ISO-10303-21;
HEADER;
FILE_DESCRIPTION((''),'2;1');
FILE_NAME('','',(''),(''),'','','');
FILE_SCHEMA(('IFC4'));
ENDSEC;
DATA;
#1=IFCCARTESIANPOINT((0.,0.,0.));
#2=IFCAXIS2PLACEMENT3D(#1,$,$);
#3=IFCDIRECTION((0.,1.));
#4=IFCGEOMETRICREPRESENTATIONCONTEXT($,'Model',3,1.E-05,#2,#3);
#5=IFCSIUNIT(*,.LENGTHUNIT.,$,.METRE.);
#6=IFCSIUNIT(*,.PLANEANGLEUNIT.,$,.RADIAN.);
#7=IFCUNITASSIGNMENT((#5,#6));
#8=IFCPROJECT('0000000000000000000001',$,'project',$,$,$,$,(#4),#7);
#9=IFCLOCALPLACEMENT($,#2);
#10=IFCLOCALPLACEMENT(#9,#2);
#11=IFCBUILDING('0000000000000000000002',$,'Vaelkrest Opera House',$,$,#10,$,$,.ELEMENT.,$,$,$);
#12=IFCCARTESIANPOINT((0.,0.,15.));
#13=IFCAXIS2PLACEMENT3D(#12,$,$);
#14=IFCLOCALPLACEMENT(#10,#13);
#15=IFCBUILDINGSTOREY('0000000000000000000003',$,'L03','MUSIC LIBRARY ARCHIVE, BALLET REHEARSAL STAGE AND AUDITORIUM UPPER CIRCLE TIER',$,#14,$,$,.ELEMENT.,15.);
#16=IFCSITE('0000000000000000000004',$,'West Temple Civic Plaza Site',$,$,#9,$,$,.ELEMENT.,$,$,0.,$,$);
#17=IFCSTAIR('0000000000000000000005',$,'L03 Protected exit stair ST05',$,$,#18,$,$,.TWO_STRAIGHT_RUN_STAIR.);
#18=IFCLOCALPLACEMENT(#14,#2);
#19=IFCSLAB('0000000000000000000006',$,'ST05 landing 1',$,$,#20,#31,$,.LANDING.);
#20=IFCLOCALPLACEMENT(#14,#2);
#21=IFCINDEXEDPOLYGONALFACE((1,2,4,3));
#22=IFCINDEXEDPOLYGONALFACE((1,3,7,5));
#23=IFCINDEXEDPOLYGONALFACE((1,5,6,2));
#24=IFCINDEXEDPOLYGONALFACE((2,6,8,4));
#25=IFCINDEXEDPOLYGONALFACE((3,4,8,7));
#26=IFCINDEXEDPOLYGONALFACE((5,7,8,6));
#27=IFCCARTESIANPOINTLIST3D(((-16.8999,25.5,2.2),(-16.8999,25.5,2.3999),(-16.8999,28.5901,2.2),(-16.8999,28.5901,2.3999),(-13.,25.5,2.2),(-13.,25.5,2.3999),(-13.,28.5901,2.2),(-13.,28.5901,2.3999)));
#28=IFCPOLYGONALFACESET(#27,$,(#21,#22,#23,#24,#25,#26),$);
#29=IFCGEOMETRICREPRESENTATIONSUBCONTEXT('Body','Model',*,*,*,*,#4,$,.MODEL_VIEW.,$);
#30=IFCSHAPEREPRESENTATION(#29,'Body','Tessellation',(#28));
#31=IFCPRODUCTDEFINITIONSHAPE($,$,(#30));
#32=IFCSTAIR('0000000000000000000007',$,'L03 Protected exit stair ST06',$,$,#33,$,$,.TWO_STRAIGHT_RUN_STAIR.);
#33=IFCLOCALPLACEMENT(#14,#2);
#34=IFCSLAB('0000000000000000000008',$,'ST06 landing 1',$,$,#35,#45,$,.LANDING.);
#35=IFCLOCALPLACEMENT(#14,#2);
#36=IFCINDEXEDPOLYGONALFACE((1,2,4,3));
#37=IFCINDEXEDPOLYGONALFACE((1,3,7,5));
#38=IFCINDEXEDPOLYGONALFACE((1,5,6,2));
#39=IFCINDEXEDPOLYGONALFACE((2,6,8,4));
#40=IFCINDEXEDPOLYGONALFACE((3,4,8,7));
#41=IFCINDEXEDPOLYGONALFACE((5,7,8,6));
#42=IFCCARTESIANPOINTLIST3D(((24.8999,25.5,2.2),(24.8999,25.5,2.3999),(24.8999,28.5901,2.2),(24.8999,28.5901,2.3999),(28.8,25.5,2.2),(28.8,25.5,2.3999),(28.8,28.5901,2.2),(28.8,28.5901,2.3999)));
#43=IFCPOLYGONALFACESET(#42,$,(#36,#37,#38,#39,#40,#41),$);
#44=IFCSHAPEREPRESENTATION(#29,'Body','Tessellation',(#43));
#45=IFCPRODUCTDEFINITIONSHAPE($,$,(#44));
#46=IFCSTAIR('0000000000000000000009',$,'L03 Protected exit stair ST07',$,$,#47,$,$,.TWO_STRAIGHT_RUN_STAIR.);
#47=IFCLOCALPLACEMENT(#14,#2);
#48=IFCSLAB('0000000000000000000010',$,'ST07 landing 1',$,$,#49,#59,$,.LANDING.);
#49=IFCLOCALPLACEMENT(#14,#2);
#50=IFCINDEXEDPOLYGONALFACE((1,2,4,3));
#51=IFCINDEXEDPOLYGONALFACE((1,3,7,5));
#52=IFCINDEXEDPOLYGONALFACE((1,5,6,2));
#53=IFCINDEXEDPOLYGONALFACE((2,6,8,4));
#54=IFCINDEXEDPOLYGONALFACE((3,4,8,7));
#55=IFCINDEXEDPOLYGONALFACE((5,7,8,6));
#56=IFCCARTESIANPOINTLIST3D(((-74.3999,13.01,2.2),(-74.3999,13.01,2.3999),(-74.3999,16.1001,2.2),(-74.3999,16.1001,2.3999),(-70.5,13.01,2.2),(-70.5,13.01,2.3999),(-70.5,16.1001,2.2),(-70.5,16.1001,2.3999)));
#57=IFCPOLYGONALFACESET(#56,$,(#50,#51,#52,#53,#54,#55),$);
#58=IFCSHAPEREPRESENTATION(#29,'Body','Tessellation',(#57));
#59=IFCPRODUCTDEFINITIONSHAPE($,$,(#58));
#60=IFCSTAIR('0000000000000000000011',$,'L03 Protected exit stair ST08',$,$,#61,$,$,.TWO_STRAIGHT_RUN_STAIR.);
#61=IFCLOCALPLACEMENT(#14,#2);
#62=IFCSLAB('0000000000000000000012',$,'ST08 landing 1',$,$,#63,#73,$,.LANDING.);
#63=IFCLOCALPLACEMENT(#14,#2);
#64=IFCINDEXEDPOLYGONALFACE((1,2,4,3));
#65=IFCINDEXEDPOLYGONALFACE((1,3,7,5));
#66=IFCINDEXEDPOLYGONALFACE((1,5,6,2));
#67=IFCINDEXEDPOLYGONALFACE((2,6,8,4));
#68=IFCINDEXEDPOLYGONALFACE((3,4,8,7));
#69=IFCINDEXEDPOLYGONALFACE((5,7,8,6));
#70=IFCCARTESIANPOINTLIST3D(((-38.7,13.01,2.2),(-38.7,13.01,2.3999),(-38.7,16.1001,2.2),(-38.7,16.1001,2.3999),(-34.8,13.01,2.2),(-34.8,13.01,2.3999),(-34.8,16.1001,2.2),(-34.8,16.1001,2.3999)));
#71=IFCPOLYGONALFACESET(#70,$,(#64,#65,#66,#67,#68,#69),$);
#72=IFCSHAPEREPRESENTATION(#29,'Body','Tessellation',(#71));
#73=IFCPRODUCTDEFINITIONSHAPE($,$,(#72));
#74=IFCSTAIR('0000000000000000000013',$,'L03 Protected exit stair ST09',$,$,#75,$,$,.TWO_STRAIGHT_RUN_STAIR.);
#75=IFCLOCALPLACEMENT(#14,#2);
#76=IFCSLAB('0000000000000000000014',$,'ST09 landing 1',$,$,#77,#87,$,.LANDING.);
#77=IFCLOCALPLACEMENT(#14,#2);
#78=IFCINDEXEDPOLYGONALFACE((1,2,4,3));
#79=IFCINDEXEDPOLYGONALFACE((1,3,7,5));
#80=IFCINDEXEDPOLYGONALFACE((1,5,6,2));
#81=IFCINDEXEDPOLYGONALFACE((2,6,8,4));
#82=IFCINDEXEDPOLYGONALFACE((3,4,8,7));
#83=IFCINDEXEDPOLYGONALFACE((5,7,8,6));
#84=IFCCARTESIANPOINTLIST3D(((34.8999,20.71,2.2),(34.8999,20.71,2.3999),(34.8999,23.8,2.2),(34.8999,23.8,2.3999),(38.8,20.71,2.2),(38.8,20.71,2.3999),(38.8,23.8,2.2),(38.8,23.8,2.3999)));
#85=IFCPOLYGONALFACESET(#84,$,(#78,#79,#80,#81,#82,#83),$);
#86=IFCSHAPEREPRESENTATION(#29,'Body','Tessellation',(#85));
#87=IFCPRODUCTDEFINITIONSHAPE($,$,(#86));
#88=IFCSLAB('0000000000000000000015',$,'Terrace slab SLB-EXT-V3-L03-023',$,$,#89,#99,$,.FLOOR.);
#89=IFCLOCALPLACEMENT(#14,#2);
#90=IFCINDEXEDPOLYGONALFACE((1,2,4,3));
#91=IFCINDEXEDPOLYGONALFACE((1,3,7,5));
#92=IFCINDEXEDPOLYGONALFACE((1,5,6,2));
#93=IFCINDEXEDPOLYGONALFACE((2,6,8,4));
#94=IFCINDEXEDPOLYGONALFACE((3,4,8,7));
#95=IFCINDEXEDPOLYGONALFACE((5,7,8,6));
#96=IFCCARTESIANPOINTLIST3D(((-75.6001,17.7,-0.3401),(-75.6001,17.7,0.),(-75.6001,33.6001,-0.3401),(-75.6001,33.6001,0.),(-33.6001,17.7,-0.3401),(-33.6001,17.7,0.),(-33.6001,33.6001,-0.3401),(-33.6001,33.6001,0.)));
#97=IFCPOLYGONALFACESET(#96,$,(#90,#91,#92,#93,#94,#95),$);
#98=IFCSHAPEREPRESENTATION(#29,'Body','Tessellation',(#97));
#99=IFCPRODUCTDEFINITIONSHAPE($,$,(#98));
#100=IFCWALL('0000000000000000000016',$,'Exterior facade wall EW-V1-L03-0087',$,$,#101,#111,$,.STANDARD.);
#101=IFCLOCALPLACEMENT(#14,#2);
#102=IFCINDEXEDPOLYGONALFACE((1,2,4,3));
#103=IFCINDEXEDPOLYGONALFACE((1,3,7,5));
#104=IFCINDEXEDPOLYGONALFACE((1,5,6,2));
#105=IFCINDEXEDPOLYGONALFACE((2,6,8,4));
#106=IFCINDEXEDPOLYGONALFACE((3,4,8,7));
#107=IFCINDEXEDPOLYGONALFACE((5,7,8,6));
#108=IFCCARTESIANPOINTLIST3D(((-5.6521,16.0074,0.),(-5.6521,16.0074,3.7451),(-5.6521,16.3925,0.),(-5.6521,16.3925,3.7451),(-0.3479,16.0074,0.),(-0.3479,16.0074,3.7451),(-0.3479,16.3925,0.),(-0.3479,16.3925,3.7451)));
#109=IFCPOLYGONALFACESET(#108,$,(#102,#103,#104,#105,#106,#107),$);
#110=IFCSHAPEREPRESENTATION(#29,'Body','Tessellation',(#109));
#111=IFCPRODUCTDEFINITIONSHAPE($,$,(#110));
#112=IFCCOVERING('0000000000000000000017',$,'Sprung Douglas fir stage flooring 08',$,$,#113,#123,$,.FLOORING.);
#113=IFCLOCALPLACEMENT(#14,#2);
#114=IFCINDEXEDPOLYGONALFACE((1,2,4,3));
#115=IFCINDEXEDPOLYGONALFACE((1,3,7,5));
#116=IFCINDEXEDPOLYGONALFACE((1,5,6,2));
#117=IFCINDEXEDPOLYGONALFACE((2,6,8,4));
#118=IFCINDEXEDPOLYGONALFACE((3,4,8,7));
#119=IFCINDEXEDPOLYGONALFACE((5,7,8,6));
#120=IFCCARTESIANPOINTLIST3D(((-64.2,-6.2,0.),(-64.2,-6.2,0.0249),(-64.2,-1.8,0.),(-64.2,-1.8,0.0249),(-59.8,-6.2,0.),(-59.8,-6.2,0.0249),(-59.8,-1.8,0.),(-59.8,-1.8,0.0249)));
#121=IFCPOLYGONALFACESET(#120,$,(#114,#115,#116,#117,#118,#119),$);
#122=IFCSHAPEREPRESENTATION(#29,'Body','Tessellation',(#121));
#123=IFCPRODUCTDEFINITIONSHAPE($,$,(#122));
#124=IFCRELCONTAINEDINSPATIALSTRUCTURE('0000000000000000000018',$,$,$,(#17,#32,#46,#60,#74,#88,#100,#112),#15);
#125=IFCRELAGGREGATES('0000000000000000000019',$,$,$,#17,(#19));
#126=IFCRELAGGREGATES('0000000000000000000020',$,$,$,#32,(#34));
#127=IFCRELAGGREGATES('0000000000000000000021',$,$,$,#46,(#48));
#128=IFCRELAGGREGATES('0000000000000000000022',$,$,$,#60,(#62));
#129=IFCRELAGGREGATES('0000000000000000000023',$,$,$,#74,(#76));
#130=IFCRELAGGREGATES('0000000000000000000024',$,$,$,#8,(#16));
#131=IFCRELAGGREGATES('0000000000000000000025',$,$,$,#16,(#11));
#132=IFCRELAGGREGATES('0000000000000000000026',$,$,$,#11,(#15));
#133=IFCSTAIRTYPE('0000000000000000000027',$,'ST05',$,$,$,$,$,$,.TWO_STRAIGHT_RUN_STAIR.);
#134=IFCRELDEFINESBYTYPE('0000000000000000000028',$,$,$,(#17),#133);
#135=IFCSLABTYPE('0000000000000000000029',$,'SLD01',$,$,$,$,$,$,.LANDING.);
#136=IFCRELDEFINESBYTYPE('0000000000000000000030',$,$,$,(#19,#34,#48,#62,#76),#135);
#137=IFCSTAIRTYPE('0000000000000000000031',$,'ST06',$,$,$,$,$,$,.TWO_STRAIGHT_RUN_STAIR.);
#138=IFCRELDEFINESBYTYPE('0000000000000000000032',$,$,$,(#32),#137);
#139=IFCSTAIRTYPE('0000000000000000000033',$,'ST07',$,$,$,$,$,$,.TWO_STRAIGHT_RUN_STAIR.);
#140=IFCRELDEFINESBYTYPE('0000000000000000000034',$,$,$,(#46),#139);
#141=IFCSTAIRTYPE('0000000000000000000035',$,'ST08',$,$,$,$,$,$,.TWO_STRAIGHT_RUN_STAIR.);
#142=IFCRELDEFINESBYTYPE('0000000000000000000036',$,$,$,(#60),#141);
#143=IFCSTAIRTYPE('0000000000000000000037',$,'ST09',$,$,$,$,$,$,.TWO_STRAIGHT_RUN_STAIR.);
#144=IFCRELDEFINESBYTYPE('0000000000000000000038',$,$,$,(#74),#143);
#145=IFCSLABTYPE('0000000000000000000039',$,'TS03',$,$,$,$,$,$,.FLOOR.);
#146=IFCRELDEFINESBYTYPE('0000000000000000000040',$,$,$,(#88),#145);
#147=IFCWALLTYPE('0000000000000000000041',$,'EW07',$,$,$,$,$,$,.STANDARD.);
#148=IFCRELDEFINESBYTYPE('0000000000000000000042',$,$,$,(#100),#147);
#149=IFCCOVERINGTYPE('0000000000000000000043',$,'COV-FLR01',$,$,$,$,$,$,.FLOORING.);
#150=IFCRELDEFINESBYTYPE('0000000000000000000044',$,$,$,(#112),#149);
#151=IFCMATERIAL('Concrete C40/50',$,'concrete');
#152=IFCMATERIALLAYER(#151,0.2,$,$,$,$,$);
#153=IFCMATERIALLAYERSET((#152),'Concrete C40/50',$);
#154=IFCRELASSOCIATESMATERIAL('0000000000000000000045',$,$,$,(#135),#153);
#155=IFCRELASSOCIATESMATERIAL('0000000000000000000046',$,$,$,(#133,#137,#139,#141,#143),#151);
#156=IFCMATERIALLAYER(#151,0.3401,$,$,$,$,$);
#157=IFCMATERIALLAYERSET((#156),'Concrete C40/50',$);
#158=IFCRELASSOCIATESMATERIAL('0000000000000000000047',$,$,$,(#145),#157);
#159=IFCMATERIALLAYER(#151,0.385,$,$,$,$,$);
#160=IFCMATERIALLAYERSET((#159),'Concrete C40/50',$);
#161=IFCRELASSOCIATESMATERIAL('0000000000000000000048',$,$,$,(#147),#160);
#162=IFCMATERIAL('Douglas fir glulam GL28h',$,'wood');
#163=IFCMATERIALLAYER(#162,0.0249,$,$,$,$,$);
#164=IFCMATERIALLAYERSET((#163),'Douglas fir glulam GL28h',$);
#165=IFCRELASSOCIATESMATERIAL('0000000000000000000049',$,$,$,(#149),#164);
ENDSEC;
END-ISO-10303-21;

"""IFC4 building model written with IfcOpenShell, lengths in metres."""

from ifc_helpers import new_model, si_unit, direction, frame, frame_2d, origin, place, context, subcontext, project, spatial, polyline, rectangle, outline, extrude, material, layer, layer_set, type_object, element, aggregate, save


model = new_model("IFC4")

# Units and contexts
model_context = context("Model", 3, precision=1e-05, world=origin(), true_north=direction((0.0, 1.0)))
body_context = subcontext(model_context, "Body", "Model", "MODEL_VIEW")
ifc_project = project(units=[si_unit("LENGTHUNIT", "METRE"), si_unit("PLANEANGLEUNIT", "RADIAN")], contexts=[model_context])

# Site, building, storey
site_placement = place(None, origin())
site = spatial("IfcSite", under=ifc_project, at=site_placement, Name="West Temple Civic Plaza Site", CompositionType="ELEMENT", RefElevation=0.0)
building_placement = place(site_placement, origin())
building = spatial("IfcBuilding", under=site, at=building_placement, Name="Vaelkrest Opera House", CompositionType="ELEMENT")
storey_placement = place(building_placement, frame((0.0, 0.0, 15.0)))
storey = spatial("IfcBuildingStorey", under=building, at=storey_placement, Name="L03", Description="MUSIC LIBRARY ARCHIVE, BALLET REHEARSAL STAGE AND AUDITORIUM UPPER CIRCLE TIER", CompositionType="ELEMENT", Elevation=15.0)

# Shared definitions
ifc_material_1 = material(Name="Concrete C40/50", Category="concrete")

# Stairs, slabs
ifc_layer_1 = layer(ifc_material_1, 0.2)
ifc_layer_set_1 = layer_set([ifc_layer_1], Name="Concrete C40/50")
slab_type_1 = type_object("IfcSlabType", Name="SLD01", PredefinedType="LANDING", material=ifc_layer_set_1)
stair_type_1 = type_object("IfcStairType", Name="ST05", PredefinedType="TWO_STRAIGHT_RUN_STAIR", material=ifc_material_1)
stair_1_placement = place(storey_placement, origin())
stair_1 = element("IfcStair", 1, at=stair_1_placement, inside=storey, type_object=stair_type_1, Name="L03 Protected exit stair ST05", PredefinedType="TWO_STRAIGHT_RUN_STAIR")
slab_1_placement = place(storey_placement, frame((0.0, 0.0, 2.2)))
slab_1 = element("IfcSlab", 2, at=slab_1_placement, type_object=slab_type_1, Name="ST05 landing 1", PredefinedType="LANDING", context=body_context, shape_type="SweptSolid", body=[
    extrude(outline(polyline([(-16.8999, 28.5901), (-16.8999, 25.5), (-13.0, 25.5), (-13.0, 28.5901), (-16.8999, 28.5901)])), origin(), (0.0, 0.0, 1.0), 0.2),
])
aggregate(stair_1, [slab_1])
stair_type_2 = type_object("IfcStairType", Name="ST06", PredefinedType="TWO_STRAIGHT_RUN_STAIR", material=ifc_material_1)
stair_2_placement = place(storey_placement, origin())
stair_2 = element("IfcStair", 3, at=stair_2_placement, inside=storey, type_object=stair_type_2, Name="L03 Protected exit stair ST06", PredefinedType="TWO_STRAIGHT_RUN_STAIR")
slab_2_placement = place(storey_placement, frame((0.0, 0.0, 2.2)))
slab_2 = element("IfcSlab", 4, at=slab_2_placement, type_object=slab_type_1, Name="ST06 landing 1", PredefinedType="LANDING", context=body_context, shape_type="SweptSolid", body=[
    extrude(outline(polyline([(24.8999, 28.5901), (24.8999, 25.5), (28.8, 25.5), (28.8, 28.5901), (24.8999, 28.5901)])), origin(), (0.0, 0.0, 1.0), 0.2),
])
aggregate(stair_2, [slab_2])
stair_type_3 = type_object("IfcStairType", Name="ST07", PredefinedType="TWO_STRAIGHT_RUN_STAIR", material=ifc_material_1)
stair_3_placement = place(storey_placement, origin())
stair_3 = element("IfcStair", 5, at=stair_3_placement, inside=storey, type_object=stair_type_3, Name="L03 Protected exit stair ST07", PredefinedType="TWO_STRAIGHT_RUN_STAIR")
slab_3_placement = place(storey_placement, frame((0.0, 0.0, 2.2)))
slab_3 = element("IfcSlab", 6, at=slab_3_placement, type_object=slab_type_1, Name="ST07 landing 1", PredefinedType="LANDING", context=body_context, shape_type="SweptSolid", body=[
    extrude(outline(polyline([(-70.5, 13.01), (-70.5, 16.1001), (-74.3999, 16.1001), (-74.3999, 13.01), (-70.5, 13.01)])), origin(), (0.0, 0.0, 1.0), 0.2),
])
aggregate(stair_3, [slab_3])
stair_type_4 = type_object("IfcStairType", Name="ST08", PredefinedType="TWO_STRAIGHT_RUN_STAIR", material=ifc_material_1)
stair_4_placement = place(storey_placement, origin())
stair_4 = element("IfcStair", 7, at=stair_4_placement, inside=storey, type_object=stair_type_4, Name="L03 Protected exit stair ST08", PredefinedType="TWO_STRAIGHT_RUN_STAIR")
slab_4_placement = place(storey_placement, frame((0.0, 0.0, 2.2)))
slab_4 = element("IfcSlab", 8, at=slab_4_placement, type_object=slab_type_1, Name="ST08 landing 1", PredefinedType="LANDING", context=body_context, shape_type="SweptSolid", body=[
    extrude(outline(polyline([(-34.8, 13.01), (-34.8, 16.1001), (-38.7, 16.1001), (-38.7, 13.01), (-34.8, 13.01)])), origin(), (0.0, 0.0, 1.0), 0.2),
])
aggregate(stair_4, [slab_4])
stair_type_5 = type_object("IfcStairType", Name="ST09", PredefinedType="TWO_STRAIGHT_RUN_STAIR", material=ifc_material_1)
stair_5_placement = place(storey_placement, origin())
stair_5 = element("IfcStair", 9, at=stair_5_placement, inside=storey, type_object=stair_type_5, Name="L03 Protected exit stair ST09", PredefinedType="TWO_STRAIGHT_RUN_STAIR")
slab_5_placement = place(storey_placement, frame((0.0, 0.0, 2.2)))
slab_5 = element("IfcSlab", 10, at=slab_5_placement, type_object=slab_type_1, Name="ST09 landing 1", PredefinedType="LANDING", context=body_context, shape_type="SweptSolid", body=[
    extrude(outline(polyline([(38.8, 20.71), (38.8, 23.8), (34.8999, 23.8), (34.8999, 20.71), (38.8, 20.71)])), origin(), (0.0, 0.0, 1.0), 0.2),
])
aggregate(stair_5, [slab_5])

# Slab
ifc_layer_2 = layer(ifc_material_1, 0.3401)
ifc_layer_set_2 = layer_set([ifc_layer_2], Name="Concrete C40/50")
slab_type_2 = type_object("IfcSlabType", Name="TS03", PredefinedType="FLOOR", material=ifc_layer_set_2)
slab_6_placement = place(storey_placement, frame((0.0, 0.0, -0.3401)))
element("IfcSlab", 11, at=slab_6_placement, inside=storey, type_object=slab_type_2, Name="Terrace slab SLB-EXT-V3-L03-023", PredefinedType="FLOOR", context=body_context, shape_type="SweptSolid", body=[
    extrude(outline(polyline([(-75.6001, 17.7), (-33.6001, 17.7), (-33.6001, 33.6001), (-75.6001, 33.6001), (-75.6001, 17.7)])), origin(), (0.0, 0.0, 1.0), 0.3401),
])

# Wall
ifc_layer_3 = layer(ifc_material_1, 0.385)
ifc_layer_set_3 = layer_set([ifc_layer_3], Name="Concrete C40/50")
wall_type = type_object("IfcWallType", Name="EW07", PredefinedType="STANDARD", material=ifc_layer_set_3)
wall_placement = place(storey_placement, frame((-5.6521, 16.2, 0.0), z_axis=(0.0, 0.0, 1.0), x_axis=(1.0, 0.0, 0.0)))
element("IfcWall", 12, at=wall_placement, inside=storey, type_object=wall_type, Name="Exterior facade wall EW-V1-L03-0087", PredefinedType="STANDARD", context=body_context, shape_type="SweptSolid", body=[
    extrude(rectangle(XDim=5.3042, YDim=0.385, at=frame_2d((2.6521, 0.0))), origin(), (0.0, 0.0, 1.0), 3.7451),
])

# Covering
ifc_material_2 = material(Name="Douglas fir glulam GL28h", Category="wood")
ifc_layer_4 = layer(ifc_material_2, 0.0249)
ifc_layer_set_4 = layer_set([ifc_layer_4], Name="Douglas fir glulam GL28h")
covering_type = type_object("IfcCoveringType", Name="COV-FLR01", PredefinedType="FLOORING", material=ifc_layer_set_4)
covering_placement = place(storey_placement, origin())
element("IfcCovering", 13, at=covering_placement, inside=storey, type_object=covering_type, Name="Sprung Douglas fir stage flooring 08", PredefinedType="FLOORING", context=body_context, shape_type="SweptSolid", body=[
    extrude(outline(polyline([(-64.2, -6.2), (-59.8, -6.2), (-59.8, -1.8), (-64.2, -1.8), (-64.2, -6.2)])), origin(), (0.0, 0.0, 1.0), 0.0249),
])

save(model, "model.ifc")
